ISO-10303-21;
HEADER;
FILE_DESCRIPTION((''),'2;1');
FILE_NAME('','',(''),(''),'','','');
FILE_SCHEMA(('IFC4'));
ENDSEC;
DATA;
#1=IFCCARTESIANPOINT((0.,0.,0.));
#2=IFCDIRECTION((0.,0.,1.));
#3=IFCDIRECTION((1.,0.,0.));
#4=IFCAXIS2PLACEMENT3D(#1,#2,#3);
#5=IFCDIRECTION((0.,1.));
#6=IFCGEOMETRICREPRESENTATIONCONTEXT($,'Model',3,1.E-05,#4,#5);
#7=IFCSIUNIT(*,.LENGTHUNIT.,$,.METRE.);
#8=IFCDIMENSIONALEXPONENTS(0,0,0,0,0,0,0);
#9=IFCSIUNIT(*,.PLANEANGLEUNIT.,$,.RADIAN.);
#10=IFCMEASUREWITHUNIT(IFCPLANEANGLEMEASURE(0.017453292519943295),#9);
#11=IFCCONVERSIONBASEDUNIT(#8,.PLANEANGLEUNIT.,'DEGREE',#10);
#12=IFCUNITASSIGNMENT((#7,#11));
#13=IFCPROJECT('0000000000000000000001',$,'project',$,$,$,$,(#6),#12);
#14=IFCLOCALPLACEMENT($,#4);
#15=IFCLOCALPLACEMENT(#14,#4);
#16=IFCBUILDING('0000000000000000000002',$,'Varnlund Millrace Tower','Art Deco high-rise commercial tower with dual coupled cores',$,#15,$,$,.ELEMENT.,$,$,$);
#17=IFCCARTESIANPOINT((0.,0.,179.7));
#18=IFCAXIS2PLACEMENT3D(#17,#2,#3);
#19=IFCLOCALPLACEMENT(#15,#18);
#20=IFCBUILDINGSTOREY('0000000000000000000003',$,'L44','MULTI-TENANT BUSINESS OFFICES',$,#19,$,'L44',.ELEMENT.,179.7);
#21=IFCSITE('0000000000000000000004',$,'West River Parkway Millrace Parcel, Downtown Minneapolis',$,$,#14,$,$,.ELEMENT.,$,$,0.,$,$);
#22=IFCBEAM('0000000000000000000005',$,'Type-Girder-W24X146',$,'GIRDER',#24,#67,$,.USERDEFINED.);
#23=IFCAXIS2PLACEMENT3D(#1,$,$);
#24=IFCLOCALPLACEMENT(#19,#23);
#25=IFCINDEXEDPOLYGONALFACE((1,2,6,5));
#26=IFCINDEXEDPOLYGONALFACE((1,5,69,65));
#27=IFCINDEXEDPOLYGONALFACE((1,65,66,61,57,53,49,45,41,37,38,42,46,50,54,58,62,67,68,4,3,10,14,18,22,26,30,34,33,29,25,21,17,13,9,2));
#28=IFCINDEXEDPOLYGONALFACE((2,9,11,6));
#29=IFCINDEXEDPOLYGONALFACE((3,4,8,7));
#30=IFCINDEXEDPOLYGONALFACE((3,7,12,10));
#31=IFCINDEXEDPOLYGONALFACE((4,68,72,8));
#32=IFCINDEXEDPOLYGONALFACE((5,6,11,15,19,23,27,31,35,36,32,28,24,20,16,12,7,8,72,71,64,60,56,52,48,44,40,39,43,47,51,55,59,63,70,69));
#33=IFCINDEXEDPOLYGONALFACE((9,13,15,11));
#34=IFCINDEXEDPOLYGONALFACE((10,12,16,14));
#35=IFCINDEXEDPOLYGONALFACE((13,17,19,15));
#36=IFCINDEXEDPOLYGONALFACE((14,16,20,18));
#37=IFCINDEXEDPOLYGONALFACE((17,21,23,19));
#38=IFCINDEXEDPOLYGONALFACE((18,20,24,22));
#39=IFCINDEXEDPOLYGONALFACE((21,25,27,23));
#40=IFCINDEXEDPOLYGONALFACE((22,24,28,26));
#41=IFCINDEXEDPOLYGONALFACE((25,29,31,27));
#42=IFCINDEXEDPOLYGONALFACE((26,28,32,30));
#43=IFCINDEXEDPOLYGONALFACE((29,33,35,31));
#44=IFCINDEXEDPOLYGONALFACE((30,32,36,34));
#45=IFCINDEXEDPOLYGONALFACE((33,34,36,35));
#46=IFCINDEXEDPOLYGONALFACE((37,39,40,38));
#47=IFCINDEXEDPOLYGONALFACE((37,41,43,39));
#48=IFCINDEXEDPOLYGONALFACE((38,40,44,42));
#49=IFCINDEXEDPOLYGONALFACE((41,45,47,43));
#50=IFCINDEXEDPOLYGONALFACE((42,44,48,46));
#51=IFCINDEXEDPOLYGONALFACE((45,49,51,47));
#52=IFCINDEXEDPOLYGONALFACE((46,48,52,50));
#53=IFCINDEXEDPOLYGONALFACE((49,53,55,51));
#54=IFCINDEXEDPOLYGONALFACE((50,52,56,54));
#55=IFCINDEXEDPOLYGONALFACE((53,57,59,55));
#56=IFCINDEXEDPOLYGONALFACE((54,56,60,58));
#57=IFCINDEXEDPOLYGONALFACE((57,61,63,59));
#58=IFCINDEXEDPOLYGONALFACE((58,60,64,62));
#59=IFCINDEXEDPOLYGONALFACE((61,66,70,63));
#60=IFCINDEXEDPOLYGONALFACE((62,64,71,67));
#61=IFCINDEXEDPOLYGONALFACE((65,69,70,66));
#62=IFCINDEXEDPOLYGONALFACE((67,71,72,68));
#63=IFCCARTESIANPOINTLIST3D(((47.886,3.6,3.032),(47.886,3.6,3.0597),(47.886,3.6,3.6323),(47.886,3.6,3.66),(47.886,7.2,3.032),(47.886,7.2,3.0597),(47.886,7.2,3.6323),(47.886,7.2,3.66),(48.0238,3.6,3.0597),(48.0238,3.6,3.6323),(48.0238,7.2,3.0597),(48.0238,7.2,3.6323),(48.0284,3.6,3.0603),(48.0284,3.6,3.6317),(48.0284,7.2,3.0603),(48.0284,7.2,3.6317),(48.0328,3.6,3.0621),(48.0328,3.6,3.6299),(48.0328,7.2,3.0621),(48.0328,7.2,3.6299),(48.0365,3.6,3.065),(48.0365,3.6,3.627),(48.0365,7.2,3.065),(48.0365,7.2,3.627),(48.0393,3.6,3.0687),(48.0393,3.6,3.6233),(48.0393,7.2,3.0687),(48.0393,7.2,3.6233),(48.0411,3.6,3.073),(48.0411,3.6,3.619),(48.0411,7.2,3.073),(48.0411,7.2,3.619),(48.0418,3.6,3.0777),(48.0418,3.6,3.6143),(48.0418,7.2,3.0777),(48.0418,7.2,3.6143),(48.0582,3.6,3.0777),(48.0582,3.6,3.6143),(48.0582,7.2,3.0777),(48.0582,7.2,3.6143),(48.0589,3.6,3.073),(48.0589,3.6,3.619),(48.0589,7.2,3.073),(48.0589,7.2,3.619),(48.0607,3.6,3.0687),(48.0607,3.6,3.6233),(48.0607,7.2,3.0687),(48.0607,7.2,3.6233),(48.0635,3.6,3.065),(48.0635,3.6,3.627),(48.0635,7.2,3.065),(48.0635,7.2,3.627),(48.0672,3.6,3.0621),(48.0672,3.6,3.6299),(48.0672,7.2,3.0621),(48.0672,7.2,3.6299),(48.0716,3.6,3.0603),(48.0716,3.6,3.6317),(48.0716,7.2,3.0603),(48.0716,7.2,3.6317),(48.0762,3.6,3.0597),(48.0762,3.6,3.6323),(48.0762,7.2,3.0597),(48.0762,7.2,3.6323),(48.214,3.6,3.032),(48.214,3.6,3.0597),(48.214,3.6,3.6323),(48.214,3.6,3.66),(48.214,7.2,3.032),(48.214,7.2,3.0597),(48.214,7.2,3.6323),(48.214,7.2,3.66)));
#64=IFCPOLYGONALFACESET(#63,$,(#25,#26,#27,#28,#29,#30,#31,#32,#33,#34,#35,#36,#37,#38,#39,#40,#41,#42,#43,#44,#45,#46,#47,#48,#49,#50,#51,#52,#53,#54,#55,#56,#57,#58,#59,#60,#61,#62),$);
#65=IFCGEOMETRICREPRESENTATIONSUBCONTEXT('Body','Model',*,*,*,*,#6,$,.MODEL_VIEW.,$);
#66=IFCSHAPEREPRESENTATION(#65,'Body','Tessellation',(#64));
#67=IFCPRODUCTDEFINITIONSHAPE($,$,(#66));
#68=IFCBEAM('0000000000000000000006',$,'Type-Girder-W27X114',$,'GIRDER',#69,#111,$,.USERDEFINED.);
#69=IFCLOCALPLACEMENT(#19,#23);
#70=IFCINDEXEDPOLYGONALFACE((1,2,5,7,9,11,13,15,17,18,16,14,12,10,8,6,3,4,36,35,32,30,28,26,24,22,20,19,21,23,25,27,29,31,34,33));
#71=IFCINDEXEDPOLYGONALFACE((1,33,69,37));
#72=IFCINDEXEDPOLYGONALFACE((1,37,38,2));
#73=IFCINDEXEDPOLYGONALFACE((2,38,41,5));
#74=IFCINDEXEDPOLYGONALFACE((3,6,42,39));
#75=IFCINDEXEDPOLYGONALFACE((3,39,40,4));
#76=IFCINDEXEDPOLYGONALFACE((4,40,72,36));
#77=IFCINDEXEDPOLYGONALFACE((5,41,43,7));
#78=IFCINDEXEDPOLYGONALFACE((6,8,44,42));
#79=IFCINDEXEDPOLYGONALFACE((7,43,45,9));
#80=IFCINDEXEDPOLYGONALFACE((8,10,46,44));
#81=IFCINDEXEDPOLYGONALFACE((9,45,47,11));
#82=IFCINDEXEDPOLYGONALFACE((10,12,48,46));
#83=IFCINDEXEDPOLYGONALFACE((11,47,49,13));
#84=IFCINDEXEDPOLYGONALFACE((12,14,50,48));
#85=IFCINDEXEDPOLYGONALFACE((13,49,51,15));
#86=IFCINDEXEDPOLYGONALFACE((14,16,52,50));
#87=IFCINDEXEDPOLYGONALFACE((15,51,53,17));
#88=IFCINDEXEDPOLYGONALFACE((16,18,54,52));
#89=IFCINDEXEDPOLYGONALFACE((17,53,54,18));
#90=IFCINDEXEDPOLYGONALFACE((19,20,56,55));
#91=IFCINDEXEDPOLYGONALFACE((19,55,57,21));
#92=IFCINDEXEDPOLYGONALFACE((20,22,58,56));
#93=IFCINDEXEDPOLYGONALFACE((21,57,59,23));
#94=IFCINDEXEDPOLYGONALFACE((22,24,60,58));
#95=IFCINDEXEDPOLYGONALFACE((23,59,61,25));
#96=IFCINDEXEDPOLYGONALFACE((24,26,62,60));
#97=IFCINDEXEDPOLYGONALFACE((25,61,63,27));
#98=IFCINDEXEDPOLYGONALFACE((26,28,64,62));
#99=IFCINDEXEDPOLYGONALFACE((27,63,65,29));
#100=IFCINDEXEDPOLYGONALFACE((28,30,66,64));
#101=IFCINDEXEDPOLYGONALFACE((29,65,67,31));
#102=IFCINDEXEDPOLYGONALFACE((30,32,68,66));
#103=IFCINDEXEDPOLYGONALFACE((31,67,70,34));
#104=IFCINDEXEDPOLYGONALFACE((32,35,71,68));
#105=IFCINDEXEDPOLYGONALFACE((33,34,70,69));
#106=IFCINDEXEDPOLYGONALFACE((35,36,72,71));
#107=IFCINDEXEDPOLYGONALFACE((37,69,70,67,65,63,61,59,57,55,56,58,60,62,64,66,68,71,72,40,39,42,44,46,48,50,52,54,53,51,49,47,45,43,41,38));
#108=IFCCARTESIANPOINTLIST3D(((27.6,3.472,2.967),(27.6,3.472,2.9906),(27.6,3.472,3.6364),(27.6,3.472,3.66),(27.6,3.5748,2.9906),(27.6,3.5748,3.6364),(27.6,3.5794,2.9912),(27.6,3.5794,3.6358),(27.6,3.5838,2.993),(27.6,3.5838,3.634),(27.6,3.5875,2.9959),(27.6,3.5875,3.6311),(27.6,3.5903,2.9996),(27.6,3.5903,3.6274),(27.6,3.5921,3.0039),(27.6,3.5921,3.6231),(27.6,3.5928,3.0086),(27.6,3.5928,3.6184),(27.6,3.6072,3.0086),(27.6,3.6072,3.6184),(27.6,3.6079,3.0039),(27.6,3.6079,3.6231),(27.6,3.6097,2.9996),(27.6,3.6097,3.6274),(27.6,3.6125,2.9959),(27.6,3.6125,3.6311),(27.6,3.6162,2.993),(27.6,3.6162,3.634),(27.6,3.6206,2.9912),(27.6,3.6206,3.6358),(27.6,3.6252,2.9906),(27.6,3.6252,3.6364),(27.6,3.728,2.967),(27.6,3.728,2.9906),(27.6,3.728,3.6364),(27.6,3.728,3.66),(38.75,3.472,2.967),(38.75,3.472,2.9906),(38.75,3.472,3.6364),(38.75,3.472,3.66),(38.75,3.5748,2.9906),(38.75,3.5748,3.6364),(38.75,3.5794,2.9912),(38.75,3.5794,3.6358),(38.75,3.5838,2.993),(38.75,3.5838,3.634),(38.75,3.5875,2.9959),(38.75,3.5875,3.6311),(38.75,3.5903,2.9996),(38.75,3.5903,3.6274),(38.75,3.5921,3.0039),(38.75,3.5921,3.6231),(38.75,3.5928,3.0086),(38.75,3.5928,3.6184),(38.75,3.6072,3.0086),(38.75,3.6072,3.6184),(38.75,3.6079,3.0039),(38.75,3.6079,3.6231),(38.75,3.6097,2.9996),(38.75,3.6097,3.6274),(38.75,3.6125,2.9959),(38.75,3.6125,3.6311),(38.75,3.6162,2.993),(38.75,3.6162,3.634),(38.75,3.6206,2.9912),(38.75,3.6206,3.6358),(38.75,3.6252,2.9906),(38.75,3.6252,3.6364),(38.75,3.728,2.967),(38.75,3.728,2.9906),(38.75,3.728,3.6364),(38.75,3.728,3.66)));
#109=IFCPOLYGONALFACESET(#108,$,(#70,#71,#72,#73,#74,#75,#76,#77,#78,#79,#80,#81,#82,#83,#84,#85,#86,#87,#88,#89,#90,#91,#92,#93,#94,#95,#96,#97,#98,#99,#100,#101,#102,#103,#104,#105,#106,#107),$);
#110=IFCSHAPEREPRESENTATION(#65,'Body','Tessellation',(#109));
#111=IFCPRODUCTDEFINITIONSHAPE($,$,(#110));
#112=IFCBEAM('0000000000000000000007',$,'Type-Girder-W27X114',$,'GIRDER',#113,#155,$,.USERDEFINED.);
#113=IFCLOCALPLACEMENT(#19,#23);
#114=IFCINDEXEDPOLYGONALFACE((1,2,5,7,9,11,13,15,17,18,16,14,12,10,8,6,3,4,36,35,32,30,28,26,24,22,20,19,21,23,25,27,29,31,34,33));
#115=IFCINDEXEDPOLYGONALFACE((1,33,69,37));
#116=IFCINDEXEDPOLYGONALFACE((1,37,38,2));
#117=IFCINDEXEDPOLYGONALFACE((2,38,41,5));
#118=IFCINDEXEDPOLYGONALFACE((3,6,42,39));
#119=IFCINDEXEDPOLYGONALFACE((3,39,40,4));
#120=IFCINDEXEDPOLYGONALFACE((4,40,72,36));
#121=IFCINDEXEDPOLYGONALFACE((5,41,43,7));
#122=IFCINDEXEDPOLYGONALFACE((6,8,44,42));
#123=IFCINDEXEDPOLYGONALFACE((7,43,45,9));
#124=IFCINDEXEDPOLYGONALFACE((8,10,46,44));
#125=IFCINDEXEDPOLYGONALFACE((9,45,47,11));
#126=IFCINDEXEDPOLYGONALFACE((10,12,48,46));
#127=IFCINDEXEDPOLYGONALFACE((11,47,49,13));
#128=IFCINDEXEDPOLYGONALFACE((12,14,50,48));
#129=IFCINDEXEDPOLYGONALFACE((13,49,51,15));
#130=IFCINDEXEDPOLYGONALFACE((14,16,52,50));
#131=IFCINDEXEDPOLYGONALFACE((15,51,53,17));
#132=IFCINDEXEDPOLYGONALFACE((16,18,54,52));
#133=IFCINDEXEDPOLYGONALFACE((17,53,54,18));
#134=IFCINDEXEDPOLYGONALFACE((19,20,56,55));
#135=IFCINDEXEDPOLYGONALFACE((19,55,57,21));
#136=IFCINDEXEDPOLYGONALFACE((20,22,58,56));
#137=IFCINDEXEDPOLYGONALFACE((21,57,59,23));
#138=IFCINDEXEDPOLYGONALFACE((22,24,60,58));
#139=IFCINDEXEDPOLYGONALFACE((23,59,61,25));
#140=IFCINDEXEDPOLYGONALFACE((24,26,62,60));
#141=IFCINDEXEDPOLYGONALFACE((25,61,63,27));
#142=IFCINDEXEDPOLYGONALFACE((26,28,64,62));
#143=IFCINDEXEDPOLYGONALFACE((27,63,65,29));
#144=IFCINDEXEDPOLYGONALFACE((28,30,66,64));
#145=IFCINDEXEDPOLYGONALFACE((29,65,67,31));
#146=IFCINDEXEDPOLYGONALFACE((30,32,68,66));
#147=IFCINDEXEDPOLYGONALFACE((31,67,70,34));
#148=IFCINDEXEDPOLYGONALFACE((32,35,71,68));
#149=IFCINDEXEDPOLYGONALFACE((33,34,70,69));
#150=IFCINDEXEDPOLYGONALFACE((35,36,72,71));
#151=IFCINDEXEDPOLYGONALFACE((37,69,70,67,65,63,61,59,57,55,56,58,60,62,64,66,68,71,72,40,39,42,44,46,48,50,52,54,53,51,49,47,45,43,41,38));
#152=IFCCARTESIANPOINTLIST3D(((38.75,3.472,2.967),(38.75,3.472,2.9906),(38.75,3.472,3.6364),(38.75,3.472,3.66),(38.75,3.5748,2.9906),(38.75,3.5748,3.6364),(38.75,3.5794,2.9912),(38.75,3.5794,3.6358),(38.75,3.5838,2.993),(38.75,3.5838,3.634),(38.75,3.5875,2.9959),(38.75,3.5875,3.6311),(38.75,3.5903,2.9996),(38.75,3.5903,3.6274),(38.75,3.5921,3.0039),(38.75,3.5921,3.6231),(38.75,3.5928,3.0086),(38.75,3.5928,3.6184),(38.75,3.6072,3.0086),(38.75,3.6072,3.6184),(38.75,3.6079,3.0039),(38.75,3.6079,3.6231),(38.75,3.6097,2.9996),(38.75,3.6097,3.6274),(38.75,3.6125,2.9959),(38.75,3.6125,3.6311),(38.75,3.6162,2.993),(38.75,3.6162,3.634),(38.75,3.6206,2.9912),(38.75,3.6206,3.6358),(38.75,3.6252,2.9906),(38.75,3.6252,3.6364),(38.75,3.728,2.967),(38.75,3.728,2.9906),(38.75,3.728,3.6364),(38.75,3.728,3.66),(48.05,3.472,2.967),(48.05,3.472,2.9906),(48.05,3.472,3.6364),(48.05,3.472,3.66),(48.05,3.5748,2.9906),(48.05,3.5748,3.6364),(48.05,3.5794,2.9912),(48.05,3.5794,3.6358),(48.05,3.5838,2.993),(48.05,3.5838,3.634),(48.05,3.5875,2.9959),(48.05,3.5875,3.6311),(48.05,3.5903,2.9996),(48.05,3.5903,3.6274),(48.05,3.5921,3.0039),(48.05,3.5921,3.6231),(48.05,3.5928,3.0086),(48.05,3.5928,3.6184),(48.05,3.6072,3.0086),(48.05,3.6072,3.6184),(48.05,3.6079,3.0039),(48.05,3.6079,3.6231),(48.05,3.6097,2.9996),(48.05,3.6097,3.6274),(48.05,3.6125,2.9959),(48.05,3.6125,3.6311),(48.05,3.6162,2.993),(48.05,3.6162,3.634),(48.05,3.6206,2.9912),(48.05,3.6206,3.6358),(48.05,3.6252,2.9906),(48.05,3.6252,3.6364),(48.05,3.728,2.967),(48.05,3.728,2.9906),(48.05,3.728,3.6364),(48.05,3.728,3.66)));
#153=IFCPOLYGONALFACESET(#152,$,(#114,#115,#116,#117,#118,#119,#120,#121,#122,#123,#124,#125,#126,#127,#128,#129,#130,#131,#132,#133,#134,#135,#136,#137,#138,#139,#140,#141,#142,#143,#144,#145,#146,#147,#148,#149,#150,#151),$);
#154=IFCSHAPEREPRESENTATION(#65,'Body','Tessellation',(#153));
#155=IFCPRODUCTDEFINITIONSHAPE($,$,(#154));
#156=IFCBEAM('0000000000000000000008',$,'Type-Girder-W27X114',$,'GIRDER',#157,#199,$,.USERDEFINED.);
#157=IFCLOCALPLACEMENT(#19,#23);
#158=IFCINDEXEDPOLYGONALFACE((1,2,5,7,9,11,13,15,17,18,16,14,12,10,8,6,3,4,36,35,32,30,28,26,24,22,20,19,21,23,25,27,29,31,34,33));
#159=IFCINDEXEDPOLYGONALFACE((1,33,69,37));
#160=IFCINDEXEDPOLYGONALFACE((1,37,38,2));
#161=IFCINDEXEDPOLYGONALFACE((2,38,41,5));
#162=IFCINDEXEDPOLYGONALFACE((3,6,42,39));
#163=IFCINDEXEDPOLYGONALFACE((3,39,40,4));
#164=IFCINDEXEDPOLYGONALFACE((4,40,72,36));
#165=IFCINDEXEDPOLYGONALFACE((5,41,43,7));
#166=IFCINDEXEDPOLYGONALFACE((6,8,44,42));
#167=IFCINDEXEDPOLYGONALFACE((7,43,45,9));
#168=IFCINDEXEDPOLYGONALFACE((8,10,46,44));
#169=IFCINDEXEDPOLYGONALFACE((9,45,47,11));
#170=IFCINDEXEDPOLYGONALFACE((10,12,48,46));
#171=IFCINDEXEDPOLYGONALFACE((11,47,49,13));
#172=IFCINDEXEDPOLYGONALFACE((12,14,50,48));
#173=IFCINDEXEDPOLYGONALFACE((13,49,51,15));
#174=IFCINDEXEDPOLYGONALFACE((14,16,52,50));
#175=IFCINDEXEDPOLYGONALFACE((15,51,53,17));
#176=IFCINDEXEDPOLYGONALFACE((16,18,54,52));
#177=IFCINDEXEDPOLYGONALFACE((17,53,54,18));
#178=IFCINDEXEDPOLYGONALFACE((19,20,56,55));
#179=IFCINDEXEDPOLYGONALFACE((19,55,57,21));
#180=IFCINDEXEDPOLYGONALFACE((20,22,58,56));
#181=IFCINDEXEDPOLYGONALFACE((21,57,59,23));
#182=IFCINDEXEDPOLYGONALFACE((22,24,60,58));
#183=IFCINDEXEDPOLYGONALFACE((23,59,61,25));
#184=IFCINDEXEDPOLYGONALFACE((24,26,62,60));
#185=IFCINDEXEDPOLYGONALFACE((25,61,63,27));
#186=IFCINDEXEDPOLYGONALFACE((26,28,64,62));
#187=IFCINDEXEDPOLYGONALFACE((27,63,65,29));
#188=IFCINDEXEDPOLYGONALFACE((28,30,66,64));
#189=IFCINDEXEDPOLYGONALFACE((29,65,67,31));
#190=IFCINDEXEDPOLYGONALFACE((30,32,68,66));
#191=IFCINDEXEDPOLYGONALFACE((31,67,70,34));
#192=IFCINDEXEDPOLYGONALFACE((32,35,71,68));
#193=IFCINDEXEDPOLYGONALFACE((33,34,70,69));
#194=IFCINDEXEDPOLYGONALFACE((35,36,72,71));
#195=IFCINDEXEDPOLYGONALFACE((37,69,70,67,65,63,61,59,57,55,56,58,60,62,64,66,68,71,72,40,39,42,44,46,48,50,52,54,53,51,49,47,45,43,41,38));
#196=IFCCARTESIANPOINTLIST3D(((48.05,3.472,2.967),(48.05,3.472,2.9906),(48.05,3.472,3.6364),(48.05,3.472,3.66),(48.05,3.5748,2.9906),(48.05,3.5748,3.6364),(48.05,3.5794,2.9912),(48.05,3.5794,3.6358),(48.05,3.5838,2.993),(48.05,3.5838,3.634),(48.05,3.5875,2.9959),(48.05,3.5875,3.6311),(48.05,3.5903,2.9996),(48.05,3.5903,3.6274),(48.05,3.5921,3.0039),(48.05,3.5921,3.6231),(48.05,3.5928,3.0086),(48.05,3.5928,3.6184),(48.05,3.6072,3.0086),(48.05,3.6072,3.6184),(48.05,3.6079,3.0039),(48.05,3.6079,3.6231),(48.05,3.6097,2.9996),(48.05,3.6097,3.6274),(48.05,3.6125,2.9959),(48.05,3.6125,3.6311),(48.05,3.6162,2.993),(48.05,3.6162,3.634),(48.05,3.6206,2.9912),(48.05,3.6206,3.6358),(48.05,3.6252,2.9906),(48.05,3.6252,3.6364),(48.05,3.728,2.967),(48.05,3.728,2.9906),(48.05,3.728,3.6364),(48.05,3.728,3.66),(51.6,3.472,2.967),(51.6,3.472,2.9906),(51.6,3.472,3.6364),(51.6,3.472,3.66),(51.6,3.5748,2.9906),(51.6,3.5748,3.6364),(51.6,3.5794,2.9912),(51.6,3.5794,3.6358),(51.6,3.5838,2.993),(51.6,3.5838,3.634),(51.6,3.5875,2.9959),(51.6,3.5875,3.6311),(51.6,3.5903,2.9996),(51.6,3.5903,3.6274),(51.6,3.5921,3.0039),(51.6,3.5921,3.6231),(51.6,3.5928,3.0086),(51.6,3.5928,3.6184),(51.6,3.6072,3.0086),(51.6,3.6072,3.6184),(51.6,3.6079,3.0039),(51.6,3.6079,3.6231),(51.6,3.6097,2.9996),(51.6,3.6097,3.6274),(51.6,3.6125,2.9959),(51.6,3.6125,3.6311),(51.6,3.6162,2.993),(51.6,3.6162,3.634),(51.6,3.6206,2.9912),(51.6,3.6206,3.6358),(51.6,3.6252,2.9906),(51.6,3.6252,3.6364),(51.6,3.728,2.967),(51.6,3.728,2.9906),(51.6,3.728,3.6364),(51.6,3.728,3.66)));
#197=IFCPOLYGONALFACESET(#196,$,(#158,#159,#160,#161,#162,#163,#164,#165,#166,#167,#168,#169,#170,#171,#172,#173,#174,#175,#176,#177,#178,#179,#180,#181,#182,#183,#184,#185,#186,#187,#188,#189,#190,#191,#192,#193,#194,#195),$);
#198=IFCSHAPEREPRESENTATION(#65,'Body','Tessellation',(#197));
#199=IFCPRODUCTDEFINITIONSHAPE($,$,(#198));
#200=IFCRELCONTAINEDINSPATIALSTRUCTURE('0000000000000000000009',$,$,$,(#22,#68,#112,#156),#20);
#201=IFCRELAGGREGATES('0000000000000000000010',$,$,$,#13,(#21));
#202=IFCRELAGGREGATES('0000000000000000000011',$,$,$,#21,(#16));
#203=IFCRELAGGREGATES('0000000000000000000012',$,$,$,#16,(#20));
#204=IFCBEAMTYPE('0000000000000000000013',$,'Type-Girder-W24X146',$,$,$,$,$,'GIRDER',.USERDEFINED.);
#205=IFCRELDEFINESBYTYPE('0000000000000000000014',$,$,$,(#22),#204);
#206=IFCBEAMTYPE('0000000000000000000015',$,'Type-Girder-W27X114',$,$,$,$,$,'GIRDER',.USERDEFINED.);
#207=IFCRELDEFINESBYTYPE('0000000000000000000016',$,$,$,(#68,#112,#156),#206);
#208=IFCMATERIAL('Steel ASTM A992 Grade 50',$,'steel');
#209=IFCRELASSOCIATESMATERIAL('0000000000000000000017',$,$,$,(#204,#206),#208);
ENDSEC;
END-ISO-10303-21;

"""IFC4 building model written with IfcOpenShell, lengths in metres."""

from ifc_helpers import new_model, entity, si_unit, converted_unit, direction, frame, origin_with_axes, origin_2d_with_axis, place, context, subcontext, project, spatial, i_section, extrude, material, material_profile, profile_set, type_object, element, save


model = new_model("IFC4")

# Units and contexts
model_context = context("Model", 3, precision=1e-05, world=origin_with_axes(), true_north=direction((0.0, 1.0)))
body_context = subcontext(model_context, "Body", "Model", "MODEL_VIEW")
ifc_project = project(units=[si_unit("LENGTHUNIT", "METRE"), converted_unit("PLANEANGLEUNIT", "DEGREE", entity("IfcPlaneAngleMeasure", 0.017453292519943295), si_unit("PLANEANGLEUNIT", "RADIAN"), dimensions=[0, 0, 0, 0, 0, 0, 0])], contexts=[model_context])

# Site, building, storey
site_placement = place(None, origin_with_axes())
site = spatial("IfcSite", under=ifc_project, at=site_placement, Name="West River Parkway Millrace Parcel, Downtown Minneapolis", CompositionType="ELEMENT", RefElevation=0.0)
building_placement = place(site_placement, origin_with_axes())
building = spatial("IfcBuilding", under=site, at=building_placement, Name="Varnlund Millrace Tower", Description="Art Deco high-rise commercial tower with dual coupled cores", CompositionType="ELEMENT")
storey_placement = place(building_placement, frame((0.0, 0.0, 179.7), z_axis=(0.0, 0.0, 1.0), x_axis=(1.0, 0.0, 0.0)))
storey = spatial("IfcBuildingStorey", under=building, at=storey_placement, Name="L44", Description="MULTI-TENANT BUSINESS OFFICES", LongName="L44", CompositionType="ELEMENT", Elevation=179.7)

# Beams
ifc_material_1 = material(Name="Steel ASTM A992 Grade 50", Category="steel")
ifc_material_profile_1 = material_profile(ifc_material_1, i_section(OverallWidth=0.328, OverallDepth=0.628, WebThickness=0.0165, FlangeThickness=0.0277, FilletRadius=0.018, at=origin_2d_with_axis()), Name="Steel ASTM A992 Grade 50")
ifc_profile_set_1 = profile_set([ifc_material_profile_1], Name="Steel ASTM A992 Grade 50")
beam_type_1 = type_object("IfcBeamType", Name="Type-Girder-W24X146", ElementType="GIRDER", PredefinedType="USERDEFINED", material=ifc_profile_set_1)
beam_1_placement = place(storey_placement, frame((48.05, 3.6, 3.346), z_axis=(0.0, 1.0, 0.0), x_axis=(-1.0, 0.0, 0.0)))
element("IfcBeam", 1, at=beam_1_placement, inside=storey, type_object=beam_type_1, Name="Type-Girder-W24X146", ObjectType="GIRDER", PredefinedType="USERDEFINED", context=body_context, shape_type="SweptSolid", body=[
    extrude(i_section(OverallWidth=0.328, OverallDepth=0.628, WebThickness=0.0165, FlangeThickness=0.0277, FilletRadius=0.018, at=origin_2d_with_axis()), origin_with_axes(), (0.0, 0.0, 1.0), 3.6),
])
ifc_material_profile_2 = material_profile(ifc_material_1, i_section(OverallWidth=0.256, OverallDepth=0.693, WebThickness=0.0145, FlangeThickness=0.0236, FilletRadius=0.018, at=origin_2d_with_axis()), Name="Steel ASTM A992 Grade 50")
ifc_profile_set_2 = profile_set([ifc_material_profile_2], Name="Steel ASTM A992 Grade 50")
beam_type_2 = type_object("IfcBeamType", Name="Type-Girder-W27X114", ElementType="GIRDER", PredefinedType="USERDEFINED", material=ifc_profile_set_2)
beam_2_placement = place(storey_placement, frame((27.6, 3.6, 3.3135), z_axis=(1.0, 0.0, 0.0), x_axis=(0.0, 1.0, 0.0)))
element("IfcBeam", 2, at=beam_2_placement, inside=storey, type_object=beam_type_2, Name="Type-Girder-W27X114", ObjectType="GIRDER", PredefinedType="USERDEFINED", context=body_context, shape_type="SweptSolid", body=[
    extrude(i_section(OverallWidth=0.256, OverallDepth=0.693, WebThickness=0.0145, FlangeThickness=0.0236, FilletRadius=0.018, at=origin_2d_with_axis()), origin_with_axes(), (0.0, 0.0, 1.0), 11.15),
])
beam_3_placement = place(storey_placement, frame((38.75, 3.6, 3.3135), z_axis=(1.0, 0.0, 0.0), x_axis=(0.0, 1.0, 0.0)))
element("IfcBeam", 3, at=beam_3_placement, inside=storey, type_object=beam_type_2, Name="Type-Girder-W27X114", ObjectType="GIRDER", PredefinedType="USERDEFINED", context=body_context, shape_type="SweptSolid", body=[
    extrude(i_section(OverallWidth=0.256, OverallDepth=0.693, WebThickness=0.0145, FlangeThickness=0.0236, FilletRadius=0.018, at=origin_2d_with_axis()), origin_with_axes(), (0.0, 0.0, 1.0), 9.3),
])
beam_4_placement = place(storey_placement, frame((48.05, 3.6, 3.3135), z_axis=(1.0, 0.0, 0.0), x_axis=(0.0, 1.0, 0.0)))
element("IfcBeam", 4, at=beam_4_placement, inside=storey, type_object=beam_type_2, Name="Type-Girder-W27X114", ObjectType="GIRDER", PredefinedType="USERDEFINED", context=body_context, shape_type="SweptSolid", body=[
    extrude(i_section(OverallWidth=0.256, OverallDepth=0.693, WebThickness=0.0145, FlangeThickness=0.0236, FilletRadius=0.018, at=origin_2d_with_axis()), origin_with_axes(), (0.0, 0.0, 1.0), 3.55),
])

save(model, "model.ifc")
